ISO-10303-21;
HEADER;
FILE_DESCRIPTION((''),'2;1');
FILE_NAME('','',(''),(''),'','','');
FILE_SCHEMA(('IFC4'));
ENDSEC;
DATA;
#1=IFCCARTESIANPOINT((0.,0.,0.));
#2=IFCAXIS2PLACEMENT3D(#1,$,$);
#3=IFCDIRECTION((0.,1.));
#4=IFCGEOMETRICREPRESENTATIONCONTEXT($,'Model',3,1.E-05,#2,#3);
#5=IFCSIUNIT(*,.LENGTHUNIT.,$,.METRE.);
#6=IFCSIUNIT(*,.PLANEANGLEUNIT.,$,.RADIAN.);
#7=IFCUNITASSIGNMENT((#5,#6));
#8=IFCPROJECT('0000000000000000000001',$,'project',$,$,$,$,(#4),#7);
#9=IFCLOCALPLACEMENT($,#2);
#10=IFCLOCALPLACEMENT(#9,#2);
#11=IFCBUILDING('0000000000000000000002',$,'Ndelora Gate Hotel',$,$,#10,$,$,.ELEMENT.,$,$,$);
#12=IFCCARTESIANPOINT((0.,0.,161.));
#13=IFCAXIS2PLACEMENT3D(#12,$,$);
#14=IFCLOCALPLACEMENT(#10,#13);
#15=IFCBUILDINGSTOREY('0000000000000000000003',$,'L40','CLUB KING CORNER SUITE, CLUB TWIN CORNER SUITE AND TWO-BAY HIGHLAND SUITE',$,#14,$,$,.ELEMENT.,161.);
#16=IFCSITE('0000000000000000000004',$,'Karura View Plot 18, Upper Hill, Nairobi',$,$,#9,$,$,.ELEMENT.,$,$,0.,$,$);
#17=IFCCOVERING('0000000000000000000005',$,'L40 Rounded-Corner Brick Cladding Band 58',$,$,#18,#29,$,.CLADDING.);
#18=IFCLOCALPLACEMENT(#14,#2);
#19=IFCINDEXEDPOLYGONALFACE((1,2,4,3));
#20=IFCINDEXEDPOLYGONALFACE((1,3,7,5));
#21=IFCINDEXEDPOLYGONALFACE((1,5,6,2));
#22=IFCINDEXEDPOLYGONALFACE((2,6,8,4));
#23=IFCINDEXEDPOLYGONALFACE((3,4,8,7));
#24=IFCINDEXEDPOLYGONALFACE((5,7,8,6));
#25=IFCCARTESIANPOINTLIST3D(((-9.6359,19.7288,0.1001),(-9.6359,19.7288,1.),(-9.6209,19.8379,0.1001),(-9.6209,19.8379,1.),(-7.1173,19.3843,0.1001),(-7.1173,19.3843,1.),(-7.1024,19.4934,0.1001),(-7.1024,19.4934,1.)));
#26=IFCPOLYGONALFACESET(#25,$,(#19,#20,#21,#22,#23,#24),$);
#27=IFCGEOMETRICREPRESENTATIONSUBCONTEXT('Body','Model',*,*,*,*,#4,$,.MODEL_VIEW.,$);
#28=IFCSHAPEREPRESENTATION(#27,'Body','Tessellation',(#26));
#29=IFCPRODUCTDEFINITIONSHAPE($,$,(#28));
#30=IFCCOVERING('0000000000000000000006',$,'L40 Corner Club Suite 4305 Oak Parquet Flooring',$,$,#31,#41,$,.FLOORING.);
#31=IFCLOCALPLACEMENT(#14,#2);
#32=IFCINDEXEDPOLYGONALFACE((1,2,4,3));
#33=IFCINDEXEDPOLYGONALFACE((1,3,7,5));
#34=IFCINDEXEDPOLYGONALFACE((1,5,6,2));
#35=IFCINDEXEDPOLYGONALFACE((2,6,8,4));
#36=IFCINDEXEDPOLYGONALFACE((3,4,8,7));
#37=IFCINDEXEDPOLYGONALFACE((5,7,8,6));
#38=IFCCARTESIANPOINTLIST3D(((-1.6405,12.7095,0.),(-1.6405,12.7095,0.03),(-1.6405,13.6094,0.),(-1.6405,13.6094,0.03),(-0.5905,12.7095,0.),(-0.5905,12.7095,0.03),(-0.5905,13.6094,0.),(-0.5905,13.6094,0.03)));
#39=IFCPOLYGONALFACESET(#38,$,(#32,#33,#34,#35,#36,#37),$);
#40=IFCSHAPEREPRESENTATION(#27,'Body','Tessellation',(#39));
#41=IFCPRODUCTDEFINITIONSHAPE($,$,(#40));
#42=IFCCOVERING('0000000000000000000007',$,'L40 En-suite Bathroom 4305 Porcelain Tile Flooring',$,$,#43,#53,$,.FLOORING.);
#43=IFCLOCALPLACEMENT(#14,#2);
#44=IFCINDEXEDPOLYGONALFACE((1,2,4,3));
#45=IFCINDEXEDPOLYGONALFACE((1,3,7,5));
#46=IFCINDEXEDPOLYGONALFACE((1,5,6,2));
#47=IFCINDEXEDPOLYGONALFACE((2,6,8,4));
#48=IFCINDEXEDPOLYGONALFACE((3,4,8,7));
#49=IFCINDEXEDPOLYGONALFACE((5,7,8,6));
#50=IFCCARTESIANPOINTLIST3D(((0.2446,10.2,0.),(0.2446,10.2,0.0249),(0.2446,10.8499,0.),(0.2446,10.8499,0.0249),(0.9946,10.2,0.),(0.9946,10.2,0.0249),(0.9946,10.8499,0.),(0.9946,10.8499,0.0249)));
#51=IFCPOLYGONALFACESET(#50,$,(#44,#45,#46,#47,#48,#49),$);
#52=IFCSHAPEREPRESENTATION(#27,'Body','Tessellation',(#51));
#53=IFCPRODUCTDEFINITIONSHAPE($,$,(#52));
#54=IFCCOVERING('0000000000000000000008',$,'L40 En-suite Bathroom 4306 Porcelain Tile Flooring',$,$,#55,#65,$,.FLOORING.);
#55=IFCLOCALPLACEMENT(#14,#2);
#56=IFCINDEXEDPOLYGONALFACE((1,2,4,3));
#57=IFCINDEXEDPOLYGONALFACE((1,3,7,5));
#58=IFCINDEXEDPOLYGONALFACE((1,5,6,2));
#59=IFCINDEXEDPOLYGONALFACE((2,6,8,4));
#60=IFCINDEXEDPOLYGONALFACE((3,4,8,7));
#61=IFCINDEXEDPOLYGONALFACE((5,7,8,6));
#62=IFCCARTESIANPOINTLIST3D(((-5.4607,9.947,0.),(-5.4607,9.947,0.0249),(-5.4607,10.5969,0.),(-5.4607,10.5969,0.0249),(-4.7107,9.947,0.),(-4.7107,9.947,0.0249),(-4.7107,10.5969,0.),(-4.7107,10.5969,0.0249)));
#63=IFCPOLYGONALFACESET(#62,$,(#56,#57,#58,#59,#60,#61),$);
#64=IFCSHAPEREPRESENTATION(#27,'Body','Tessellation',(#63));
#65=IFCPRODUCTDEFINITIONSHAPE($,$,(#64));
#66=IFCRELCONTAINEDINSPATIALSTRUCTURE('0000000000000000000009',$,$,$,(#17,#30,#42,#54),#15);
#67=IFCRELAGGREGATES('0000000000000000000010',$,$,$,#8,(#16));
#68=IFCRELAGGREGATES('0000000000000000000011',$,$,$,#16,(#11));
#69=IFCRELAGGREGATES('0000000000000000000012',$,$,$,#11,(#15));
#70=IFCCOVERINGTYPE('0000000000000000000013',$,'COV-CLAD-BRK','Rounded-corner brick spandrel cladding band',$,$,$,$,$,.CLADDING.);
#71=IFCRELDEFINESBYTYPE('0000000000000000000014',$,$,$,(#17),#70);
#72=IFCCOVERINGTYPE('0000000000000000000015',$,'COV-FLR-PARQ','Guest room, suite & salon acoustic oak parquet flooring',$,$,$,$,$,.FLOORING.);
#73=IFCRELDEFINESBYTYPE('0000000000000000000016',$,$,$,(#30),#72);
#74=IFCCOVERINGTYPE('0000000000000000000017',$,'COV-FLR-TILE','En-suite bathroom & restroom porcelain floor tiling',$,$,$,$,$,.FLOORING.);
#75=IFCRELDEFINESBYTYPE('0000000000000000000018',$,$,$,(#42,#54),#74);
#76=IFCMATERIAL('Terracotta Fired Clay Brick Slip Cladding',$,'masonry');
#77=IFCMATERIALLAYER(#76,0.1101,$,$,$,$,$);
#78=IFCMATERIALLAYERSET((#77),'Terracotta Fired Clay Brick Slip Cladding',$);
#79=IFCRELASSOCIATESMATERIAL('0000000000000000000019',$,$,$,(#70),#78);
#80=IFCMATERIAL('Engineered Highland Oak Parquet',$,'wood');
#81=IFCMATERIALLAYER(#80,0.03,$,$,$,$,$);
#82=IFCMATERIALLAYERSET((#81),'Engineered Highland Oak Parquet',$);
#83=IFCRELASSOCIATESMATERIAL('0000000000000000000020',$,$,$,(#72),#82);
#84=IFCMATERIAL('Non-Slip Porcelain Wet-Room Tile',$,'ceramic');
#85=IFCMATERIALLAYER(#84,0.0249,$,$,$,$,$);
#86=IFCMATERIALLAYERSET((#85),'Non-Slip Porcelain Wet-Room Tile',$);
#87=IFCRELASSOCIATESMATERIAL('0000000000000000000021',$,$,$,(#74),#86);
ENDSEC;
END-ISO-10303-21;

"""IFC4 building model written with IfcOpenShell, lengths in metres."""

from ifc_helpers import new_model, si_unit, direction, frame, origin, origin_2d, place, context, subcontext, project, spatial, rectangle, extrude, material, layer, layer_set, type_object, element, save


model = new_model("IFC4")

# Units and contexts
model_context = context("Model", 3, precision=1e-05, world=origin(), true_north=direction((0.0, 1.0)))
body_context = subcontext(model_context, "Body", "Model", "MODEL_VIEW")
ifc_project = project(units=[si_unit("LENGTHUNIT", "METRE"), si_unit("PLANEANGLEUNIT", "RADIAN")], contexts=[model_context])

# Site, building, storey
site_placement = place(None, origin())
site = spatial("IfcSite", under=ifc_project, at=site_placement, Name="Karura View Plot 18, Upper Hill, Nairobi", CompositionType="ELEMENT", RefElevation=0.0)
building_placement = place(site_placement, origin())
building = spatial("IfcBuilding", under=site, at=building_placement, Name="Ndelora Gate Hotel", CompositionType="ELEMENT")
storey_placement = place(building_placement, frame((0.0, 0.0, 161.0)))
storey = spatial("IfcBuildingStorey", under=building, at=storey_placement, Name="L40", Description="CLUB KING CORNER SUITE, CLUB TWIN CORNER SUITE AND TWO-BAY HIGHLAND SUITE", CompositionType="ELEMENT", Elevation=161.0)

# Coverings
ifc_material_1 = material(Name="Terracotta Fired Clay Brick Slip Cladding", Category="masonry")
ifc_layer_1 = layer(ifc_material_1, 0.1101)
ifc_layer_set_1 = layer_set([ifc_layer_1], Name="Terracotta Fired Clay Brick Slip Cladding")
covering_type_1 = type_object("IfcCoveringType", Name="COV-CLAD-BRK", Description="Rounded-corner brick spandrel cladding band", PredefinedType="CLADDING", material=ifc_layer_set_1)
covering_1_placement = place(storey_placement, frame((-8.3691, 19.6111, 0.1001), z_axis=(0.0, 0.0, 1.0), x_axis=(-0.990772, 0.135543, 0.0)))
element("IfcCovering", 1, at=covering_1_placement, inside=storey, type_object=covering_type_1, Name="L40 Rounded-Corner Brick Cladding Band 58", PredefinedType="CLADDING", context=body_context, shape_type="SweptSolid", body=[
    extrude(rectangle(XDim=2.542, YDim=0.1101, at=origin_2d()), origin(), (0.0, 0.0, 1.0), 0.8999),
])
ifc_material_2 = material(Name="Engineered Highland Oak Parquet", Category="wood")
ifc_layer_2 = layer(ifc_material_2, 0.03)
ifc_layer_set_2 = layer_set([ifc_layer_2], Name="Engineered Highland Oak Parquet")
covering_type_2 = type_object("IfcCoveringType", Name="COV-FLR-PARQ", Description="Guest room, suite & salon acoustic oak parquet flooring", PredefinedType="FLOORING", material=ifc_layer_set_2)
covering_2_placement = place(storey_placement, frame((-1.1155, 13.1594, 0.0), z_axis=(0.0, 0.0, 1.0), x_axis=(1.0, 0.0, 0.0)))
element("IfcCovering", 2, at=covering_2_placement, inside=storey, type_object=covering_type_2, Name="L40 Corner Club Suite 4305 Oak Parquet Flooring", PredefinedType="FLOORING", context=body_context, shape_type="SweptSolid", body=[
    extrude(rectangle(XDim=1.05, YDim=0.8999, at=origin_2d()), origin(), (0.0, 0.0, 1.0), 0.03),
])
ifc_material_3 = material(Name="Non-Slip Porcelain Wet-Room Tile", Category="ceramic")
ifc_layer_3 = layer(ifc_material_3, 0.0249)
ifc_layer_set_3 = layer_set([ifc_layer_3], Name="Non-Slip Porcelain Wet-Room Tile")
covering_type_3 = type_object("IfcCoveringType", Name="COV-FLR-TILE", Description="En-suite bathroom & restroom porcelain floor tiling", PredefinedType="FLOORING", material=ifc_layer_set_3)
for number, where, z_axis, x_axis, name in (
    (3, (0.6196, 10.5249, 0.0), (0.0, 0.0, 1.0), (1.0, 0.0, 0.0), "L40 En-suite Bathroom 4305 Porcelain Tile Flooring"),
    (4, (-5.0857, 10.272, 0.0), (0.0, 0.0, 1.0), (1.0, 0.0, 0.0), "L40 En-suite Bathroom 4306 Porcelain Tile Flooring"),
):
    element("IfcCovering", number, at=place(storey_placement, frame(where, z_axis=z_axis, x_axis=x_axis)), inside=storey, type_object=covering_type_3, Name=name, PredefinedType="FLOORING", context=body_context, shape_type="SweptSolid", body=[
        extrude(rectangle(XDim=0.75, YDim=0.6499, at=origin_2d()), origin(), (0.0, 0.0, 1.0), 0.0249),
    ])

save(model, "model.ifc")
